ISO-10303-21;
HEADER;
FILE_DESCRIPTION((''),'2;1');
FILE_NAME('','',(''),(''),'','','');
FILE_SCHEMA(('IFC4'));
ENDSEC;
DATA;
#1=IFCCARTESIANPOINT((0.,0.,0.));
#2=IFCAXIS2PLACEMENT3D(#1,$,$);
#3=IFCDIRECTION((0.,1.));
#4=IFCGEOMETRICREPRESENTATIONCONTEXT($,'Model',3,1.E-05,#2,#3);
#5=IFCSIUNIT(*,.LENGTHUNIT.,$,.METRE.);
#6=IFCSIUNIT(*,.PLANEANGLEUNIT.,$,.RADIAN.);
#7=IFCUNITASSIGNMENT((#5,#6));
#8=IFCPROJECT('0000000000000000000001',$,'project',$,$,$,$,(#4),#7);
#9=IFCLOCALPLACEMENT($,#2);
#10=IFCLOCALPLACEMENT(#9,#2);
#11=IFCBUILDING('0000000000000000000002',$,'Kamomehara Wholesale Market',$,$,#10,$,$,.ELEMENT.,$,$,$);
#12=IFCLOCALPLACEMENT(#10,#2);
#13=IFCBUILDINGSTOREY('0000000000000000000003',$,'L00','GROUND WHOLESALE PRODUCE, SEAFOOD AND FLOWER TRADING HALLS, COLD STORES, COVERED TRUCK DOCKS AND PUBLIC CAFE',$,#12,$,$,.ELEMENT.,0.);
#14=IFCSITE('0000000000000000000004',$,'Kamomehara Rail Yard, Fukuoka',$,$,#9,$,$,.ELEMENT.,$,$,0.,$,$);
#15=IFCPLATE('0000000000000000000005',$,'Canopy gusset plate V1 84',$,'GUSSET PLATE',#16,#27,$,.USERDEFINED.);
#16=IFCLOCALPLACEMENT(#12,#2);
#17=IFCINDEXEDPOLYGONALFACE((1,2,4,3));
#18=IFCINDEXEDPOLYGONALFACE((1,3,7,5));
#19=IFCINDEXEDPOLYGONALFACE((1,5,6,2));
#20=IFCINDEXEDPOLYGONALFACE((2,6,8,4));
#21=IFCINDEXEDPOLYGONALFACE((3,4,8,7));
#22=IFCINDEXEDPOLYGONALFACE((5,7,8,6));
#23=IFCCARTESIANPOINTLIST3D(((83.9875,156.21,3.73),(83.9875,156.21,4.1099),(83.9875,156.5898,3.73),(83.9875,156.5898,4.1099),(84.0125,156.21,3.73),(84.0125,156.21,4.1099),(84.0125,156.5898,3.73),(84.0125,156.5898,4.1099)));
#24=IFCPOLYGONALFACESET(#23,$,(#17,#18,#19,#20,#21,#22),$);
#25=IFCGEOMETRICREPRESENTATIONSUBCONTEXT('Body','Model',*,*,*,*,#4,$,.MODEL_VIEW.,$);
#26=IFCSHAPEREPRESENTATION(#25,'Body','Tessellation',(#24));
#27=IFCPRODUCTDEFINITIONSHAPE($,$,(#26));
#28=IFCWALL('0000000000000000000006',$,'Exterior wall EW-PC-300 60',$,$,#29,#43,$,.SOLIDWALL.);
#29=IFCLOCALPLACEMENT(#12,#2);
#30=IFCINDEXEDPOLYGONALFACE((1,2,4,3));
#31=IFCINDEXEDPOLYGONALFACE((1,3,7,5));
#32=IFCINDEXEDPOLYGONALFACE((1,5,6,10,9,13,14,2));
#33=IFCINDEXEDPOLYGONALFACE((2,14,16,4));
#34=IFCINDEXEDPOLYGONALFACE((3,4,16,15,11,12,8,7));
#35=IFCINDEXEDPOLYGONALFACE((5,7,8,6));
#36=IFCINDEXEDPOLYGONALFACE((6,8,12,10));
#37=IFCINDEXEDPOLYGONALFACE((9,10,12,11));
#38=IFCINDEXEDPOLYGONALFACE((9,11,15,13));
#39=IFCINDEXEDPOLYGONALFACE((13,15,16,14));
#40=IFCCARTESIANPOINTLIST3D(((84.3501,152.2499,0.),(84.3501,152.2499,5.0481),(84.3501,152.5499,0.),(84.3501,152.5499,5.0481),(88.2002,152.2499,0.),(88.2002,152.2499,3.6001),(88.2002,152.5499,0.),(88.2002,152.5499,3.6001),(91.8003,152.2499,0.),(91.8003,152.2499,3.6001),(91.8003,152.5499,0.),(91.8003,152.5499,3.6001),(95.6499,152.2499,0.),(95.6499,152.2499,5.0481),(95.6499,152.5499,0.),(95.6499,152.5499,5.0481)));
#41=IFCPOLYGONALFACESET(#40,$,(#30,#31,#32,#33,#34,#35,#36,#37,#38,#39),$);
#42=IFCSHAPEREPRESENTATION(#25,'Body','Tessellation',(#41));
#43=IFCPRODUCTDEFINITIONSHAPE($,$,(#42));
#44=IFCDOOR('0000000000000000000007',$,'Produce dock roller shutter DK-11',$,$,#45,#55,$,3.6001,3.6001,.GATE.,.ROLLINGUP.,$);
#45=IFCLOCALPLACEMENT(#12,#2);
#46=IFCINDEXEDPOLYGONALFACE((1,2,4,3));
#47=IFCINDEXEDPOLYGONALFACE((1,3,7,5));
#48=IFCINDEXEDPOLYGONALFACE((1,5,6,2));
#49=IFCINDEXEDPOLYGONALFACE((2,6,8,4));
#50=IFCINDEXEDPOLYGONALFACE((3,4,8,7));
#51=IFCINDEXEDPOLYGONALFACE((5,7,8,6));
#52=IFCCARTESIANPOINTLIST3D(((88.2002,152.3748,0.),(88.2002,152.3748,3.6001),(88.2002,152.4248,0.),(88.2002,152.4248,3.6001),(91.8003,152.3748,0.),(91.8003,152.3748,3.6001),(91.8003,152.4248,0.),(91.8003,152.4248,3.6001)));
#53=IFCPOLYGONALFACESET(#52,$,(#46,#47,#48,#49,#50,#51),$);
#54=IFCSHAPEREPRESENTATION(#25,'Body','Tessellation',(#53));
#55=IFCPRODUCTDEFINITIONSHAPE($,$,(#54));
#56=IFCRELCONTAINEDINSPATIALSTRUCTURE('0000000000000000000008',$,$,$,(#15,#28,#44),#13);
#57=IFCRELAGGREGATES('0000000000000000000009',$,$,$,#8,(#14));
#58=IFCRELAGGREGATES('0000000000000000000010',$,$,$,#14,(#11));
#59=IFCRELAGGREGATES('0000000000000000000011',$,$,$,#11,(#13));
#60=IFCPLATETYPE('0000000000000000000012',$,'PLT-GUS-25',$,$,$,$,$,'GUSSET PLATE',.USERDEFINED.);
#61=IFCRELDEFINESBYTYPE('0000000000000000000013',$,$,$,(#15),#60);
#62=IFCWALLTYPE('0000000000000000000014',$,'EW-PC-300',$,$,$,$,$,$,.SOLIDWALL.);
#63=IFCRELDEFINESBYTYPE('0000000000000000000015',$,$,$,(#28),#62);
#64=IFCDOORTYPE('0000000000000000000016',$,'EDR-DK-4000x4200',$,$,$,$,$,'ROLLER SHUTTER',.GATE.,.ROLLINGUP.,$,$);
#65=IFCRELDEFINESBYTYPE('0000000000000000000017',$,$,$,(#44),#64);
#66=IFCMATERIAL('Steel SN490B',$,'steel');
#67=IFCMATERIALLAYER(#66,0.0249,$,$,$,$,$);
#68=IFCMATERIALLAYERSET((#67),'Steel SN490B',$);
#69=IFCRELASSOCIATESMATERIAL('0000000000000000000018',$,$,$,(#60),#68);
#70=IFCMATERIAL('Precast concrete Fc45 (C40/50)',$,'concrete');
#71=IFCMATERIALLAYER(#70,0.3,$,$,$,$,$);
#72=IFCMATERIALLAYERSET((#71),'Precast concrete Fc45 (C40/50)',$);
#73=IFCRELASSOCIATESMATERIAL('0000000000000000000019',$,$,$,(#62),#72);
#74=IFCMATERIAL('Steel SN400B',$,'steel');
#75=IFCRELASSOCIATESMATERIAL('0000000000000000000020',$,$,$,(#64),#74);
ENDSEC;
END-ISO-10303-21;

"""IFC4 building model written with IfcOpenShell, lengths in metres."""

from ifc_helpers import new_model, si_unit, direction, frame, frame_2d, origin, origin_2d, place, context, subcontext, project, spatial, rectangle, extrude, material, layer, layer_set, type_object, element, fill, save


model = new_model("IFC4")

# Units and contexts
model_context = context("Model", 3, precision=1e-05, world=origin(), true_north=direction((0.0, 1.0)))
body_context = subcontext(model_context, "Body", "Model", "MODEL_VIEW")
ifc_project = project(units=[si_unit("LENGTHUNIT", "METRE"), si_unit("PLANEANGLEUNIT", "RADIAN")], contexts=[model_context])

# Site, building, storey
site_placement = place(None, origin())
site = spatial("IfcSite", under=ifc_project, at=site_placement, Name="Kamomehara Rail Yard, Fukuoka", CompositionType="ELEMENT", RefElevation=0.0)
building_placement = place(site_placement, origin())
building = spatial("IfcBuilding", under=site, at=building_placement, Name="Kamomehara Wholesale Market", CompositionType="ELEMENT")
storey_placement = place(building_placement, origin())
storey = spatial("IfcBuildingStorey", under=building, at=storey_placement, Name="L00", Description="GROUND WHOLESALE PRODUCE, SEAFOOD AND FLOWER TRADING HALLS, COLD STORES, COVERED TRUCK DOCKS AND PUBLIC CAFE", CompositionType="ELEMENT", Elevation=0.0)

# Plate
ifc_material_1 = material(Name="Steel SN490B", Category="steel")
ifc_layer_1 = layer(ifc_material_1, 0.0249)
ifc_layer_set_1 = layer_set([ifc_layer_1], Name="Steel SN490B")
plate_type_1 = type_object("IfcPlateType", Name="PLT-GUS-25", ElementType="GUSSET PLATE", PredefinedType="USERDEFINED", material=ifc_layer_set_1)
plate_1_placement = place(storey_placement, frame((84.0, 156.3999, 3.73), z_axis=(0.0, 0.0, 1.0), x_axis=(1.0, 0.0, 0.0)))
element("IfcPlate", 1, at=plate_1_placement, inside=storey, type_object=plate_type_1, Name="Canopy gusset plate V1 84", ObjectType="GUSSET PLATE", PredefinedType="USERDEFINED", context=body_context, shape_type="SweptSolid", body=[
    extrude(rectangle(XDim=0.0249, YDim=0.3799, at=origin_2d()), origin(), (0.0, 0.0, 1.0), 0.3799),
])

# Wall, opening, door
ifc_material_2 = material(Name="Precast concrete Fc45 (C40/50)", Category="concrete")
ifc_layer_2 = layer(ifc_material_2, 0.3)
ifc_layer_set_2 = layer_set([ifc_layer_2], Name="Precast concrete Fc45 (C40/50)")
wall_type = type_object("IfcWallType", Name="EW-PC-300", PredefinedType="SOLIDWALL", material=ifc_layer_set_2)
wall_placement = place(storey_placement, frame((84.3501, 152.3999, 0.0), z_axis=(0.0, 0.0, 1.0), x_axis=(1.0, 0.0, 0.0)))
wall = element("IfcWall", 2, at=wall_placement, inside=storey, type_object=wall_type, Name="Exterior wall EW-PC-300 60", PredefinedType="SOLIDWALL", context=body_context, shape_type="SweptSolid", body=[
    extrude(rectangle(XDim=11.2998, YDim=0.3, at=frame_2d((5.6499, 0.0))), origin(), (0.0, 0.0, 1.0), 5.0481),
])
opening_placement = place(wall_placement, frame((3.8501, 0.0, 0.0)))
opening = element("IfcOpeningElement", 3, at=opening_placement, cuts=wall, PredefinedType="OPENING", context=body_context, shape_type="SweptSolid", body=[
    extrude(rectangle(XDim=3.6001, YDim=3.6001, at=frame_2d((1.8, 1.8))), frame((0.0, 0.165, 0.0), z_axis=(0.0, -1.0, 0.0), x_axis=(1.0, 0.0, 0.0)), (0.0, 0.0, 1.0), 0.3298),
])
ifc_material_3 = material(Name="Steel SN400B", Category="steel")
door_type = type_object("IfcDoorType", Name="EDR-DK-4000x4200", ElementType="ROLLER SHUTTER", OperationType="ROLLINGUP", PredefinedType="GATE", material=ifc_material_3)
door_placement = place(opening_placement, origin())
door = element("IfcDoor", 4, at=door_placement, inside=storey, type_object=door_type, Name="Produce dock roller shutter DK-11", OperationType="ROLLINGUP", OverallHeight=3.6001, OverallWidth=3.6001, PredefinedType="GATE", context=body_context, shape_type="SweptSolid", body=[
    extrude(rectangle(XDim=3.6001, YDim=3.6001, at=frame_2d((1.8, 1.8))), frame((0.0, 0.0249, 0.0), z_axis=(0.0, -1.0, 0.0), x_axis=(1.0, 0.0, 0.0)), (0.0, 0.0, 1.0), 0.05),
])
fill(opening, door)

save(model, "model.ifc")
